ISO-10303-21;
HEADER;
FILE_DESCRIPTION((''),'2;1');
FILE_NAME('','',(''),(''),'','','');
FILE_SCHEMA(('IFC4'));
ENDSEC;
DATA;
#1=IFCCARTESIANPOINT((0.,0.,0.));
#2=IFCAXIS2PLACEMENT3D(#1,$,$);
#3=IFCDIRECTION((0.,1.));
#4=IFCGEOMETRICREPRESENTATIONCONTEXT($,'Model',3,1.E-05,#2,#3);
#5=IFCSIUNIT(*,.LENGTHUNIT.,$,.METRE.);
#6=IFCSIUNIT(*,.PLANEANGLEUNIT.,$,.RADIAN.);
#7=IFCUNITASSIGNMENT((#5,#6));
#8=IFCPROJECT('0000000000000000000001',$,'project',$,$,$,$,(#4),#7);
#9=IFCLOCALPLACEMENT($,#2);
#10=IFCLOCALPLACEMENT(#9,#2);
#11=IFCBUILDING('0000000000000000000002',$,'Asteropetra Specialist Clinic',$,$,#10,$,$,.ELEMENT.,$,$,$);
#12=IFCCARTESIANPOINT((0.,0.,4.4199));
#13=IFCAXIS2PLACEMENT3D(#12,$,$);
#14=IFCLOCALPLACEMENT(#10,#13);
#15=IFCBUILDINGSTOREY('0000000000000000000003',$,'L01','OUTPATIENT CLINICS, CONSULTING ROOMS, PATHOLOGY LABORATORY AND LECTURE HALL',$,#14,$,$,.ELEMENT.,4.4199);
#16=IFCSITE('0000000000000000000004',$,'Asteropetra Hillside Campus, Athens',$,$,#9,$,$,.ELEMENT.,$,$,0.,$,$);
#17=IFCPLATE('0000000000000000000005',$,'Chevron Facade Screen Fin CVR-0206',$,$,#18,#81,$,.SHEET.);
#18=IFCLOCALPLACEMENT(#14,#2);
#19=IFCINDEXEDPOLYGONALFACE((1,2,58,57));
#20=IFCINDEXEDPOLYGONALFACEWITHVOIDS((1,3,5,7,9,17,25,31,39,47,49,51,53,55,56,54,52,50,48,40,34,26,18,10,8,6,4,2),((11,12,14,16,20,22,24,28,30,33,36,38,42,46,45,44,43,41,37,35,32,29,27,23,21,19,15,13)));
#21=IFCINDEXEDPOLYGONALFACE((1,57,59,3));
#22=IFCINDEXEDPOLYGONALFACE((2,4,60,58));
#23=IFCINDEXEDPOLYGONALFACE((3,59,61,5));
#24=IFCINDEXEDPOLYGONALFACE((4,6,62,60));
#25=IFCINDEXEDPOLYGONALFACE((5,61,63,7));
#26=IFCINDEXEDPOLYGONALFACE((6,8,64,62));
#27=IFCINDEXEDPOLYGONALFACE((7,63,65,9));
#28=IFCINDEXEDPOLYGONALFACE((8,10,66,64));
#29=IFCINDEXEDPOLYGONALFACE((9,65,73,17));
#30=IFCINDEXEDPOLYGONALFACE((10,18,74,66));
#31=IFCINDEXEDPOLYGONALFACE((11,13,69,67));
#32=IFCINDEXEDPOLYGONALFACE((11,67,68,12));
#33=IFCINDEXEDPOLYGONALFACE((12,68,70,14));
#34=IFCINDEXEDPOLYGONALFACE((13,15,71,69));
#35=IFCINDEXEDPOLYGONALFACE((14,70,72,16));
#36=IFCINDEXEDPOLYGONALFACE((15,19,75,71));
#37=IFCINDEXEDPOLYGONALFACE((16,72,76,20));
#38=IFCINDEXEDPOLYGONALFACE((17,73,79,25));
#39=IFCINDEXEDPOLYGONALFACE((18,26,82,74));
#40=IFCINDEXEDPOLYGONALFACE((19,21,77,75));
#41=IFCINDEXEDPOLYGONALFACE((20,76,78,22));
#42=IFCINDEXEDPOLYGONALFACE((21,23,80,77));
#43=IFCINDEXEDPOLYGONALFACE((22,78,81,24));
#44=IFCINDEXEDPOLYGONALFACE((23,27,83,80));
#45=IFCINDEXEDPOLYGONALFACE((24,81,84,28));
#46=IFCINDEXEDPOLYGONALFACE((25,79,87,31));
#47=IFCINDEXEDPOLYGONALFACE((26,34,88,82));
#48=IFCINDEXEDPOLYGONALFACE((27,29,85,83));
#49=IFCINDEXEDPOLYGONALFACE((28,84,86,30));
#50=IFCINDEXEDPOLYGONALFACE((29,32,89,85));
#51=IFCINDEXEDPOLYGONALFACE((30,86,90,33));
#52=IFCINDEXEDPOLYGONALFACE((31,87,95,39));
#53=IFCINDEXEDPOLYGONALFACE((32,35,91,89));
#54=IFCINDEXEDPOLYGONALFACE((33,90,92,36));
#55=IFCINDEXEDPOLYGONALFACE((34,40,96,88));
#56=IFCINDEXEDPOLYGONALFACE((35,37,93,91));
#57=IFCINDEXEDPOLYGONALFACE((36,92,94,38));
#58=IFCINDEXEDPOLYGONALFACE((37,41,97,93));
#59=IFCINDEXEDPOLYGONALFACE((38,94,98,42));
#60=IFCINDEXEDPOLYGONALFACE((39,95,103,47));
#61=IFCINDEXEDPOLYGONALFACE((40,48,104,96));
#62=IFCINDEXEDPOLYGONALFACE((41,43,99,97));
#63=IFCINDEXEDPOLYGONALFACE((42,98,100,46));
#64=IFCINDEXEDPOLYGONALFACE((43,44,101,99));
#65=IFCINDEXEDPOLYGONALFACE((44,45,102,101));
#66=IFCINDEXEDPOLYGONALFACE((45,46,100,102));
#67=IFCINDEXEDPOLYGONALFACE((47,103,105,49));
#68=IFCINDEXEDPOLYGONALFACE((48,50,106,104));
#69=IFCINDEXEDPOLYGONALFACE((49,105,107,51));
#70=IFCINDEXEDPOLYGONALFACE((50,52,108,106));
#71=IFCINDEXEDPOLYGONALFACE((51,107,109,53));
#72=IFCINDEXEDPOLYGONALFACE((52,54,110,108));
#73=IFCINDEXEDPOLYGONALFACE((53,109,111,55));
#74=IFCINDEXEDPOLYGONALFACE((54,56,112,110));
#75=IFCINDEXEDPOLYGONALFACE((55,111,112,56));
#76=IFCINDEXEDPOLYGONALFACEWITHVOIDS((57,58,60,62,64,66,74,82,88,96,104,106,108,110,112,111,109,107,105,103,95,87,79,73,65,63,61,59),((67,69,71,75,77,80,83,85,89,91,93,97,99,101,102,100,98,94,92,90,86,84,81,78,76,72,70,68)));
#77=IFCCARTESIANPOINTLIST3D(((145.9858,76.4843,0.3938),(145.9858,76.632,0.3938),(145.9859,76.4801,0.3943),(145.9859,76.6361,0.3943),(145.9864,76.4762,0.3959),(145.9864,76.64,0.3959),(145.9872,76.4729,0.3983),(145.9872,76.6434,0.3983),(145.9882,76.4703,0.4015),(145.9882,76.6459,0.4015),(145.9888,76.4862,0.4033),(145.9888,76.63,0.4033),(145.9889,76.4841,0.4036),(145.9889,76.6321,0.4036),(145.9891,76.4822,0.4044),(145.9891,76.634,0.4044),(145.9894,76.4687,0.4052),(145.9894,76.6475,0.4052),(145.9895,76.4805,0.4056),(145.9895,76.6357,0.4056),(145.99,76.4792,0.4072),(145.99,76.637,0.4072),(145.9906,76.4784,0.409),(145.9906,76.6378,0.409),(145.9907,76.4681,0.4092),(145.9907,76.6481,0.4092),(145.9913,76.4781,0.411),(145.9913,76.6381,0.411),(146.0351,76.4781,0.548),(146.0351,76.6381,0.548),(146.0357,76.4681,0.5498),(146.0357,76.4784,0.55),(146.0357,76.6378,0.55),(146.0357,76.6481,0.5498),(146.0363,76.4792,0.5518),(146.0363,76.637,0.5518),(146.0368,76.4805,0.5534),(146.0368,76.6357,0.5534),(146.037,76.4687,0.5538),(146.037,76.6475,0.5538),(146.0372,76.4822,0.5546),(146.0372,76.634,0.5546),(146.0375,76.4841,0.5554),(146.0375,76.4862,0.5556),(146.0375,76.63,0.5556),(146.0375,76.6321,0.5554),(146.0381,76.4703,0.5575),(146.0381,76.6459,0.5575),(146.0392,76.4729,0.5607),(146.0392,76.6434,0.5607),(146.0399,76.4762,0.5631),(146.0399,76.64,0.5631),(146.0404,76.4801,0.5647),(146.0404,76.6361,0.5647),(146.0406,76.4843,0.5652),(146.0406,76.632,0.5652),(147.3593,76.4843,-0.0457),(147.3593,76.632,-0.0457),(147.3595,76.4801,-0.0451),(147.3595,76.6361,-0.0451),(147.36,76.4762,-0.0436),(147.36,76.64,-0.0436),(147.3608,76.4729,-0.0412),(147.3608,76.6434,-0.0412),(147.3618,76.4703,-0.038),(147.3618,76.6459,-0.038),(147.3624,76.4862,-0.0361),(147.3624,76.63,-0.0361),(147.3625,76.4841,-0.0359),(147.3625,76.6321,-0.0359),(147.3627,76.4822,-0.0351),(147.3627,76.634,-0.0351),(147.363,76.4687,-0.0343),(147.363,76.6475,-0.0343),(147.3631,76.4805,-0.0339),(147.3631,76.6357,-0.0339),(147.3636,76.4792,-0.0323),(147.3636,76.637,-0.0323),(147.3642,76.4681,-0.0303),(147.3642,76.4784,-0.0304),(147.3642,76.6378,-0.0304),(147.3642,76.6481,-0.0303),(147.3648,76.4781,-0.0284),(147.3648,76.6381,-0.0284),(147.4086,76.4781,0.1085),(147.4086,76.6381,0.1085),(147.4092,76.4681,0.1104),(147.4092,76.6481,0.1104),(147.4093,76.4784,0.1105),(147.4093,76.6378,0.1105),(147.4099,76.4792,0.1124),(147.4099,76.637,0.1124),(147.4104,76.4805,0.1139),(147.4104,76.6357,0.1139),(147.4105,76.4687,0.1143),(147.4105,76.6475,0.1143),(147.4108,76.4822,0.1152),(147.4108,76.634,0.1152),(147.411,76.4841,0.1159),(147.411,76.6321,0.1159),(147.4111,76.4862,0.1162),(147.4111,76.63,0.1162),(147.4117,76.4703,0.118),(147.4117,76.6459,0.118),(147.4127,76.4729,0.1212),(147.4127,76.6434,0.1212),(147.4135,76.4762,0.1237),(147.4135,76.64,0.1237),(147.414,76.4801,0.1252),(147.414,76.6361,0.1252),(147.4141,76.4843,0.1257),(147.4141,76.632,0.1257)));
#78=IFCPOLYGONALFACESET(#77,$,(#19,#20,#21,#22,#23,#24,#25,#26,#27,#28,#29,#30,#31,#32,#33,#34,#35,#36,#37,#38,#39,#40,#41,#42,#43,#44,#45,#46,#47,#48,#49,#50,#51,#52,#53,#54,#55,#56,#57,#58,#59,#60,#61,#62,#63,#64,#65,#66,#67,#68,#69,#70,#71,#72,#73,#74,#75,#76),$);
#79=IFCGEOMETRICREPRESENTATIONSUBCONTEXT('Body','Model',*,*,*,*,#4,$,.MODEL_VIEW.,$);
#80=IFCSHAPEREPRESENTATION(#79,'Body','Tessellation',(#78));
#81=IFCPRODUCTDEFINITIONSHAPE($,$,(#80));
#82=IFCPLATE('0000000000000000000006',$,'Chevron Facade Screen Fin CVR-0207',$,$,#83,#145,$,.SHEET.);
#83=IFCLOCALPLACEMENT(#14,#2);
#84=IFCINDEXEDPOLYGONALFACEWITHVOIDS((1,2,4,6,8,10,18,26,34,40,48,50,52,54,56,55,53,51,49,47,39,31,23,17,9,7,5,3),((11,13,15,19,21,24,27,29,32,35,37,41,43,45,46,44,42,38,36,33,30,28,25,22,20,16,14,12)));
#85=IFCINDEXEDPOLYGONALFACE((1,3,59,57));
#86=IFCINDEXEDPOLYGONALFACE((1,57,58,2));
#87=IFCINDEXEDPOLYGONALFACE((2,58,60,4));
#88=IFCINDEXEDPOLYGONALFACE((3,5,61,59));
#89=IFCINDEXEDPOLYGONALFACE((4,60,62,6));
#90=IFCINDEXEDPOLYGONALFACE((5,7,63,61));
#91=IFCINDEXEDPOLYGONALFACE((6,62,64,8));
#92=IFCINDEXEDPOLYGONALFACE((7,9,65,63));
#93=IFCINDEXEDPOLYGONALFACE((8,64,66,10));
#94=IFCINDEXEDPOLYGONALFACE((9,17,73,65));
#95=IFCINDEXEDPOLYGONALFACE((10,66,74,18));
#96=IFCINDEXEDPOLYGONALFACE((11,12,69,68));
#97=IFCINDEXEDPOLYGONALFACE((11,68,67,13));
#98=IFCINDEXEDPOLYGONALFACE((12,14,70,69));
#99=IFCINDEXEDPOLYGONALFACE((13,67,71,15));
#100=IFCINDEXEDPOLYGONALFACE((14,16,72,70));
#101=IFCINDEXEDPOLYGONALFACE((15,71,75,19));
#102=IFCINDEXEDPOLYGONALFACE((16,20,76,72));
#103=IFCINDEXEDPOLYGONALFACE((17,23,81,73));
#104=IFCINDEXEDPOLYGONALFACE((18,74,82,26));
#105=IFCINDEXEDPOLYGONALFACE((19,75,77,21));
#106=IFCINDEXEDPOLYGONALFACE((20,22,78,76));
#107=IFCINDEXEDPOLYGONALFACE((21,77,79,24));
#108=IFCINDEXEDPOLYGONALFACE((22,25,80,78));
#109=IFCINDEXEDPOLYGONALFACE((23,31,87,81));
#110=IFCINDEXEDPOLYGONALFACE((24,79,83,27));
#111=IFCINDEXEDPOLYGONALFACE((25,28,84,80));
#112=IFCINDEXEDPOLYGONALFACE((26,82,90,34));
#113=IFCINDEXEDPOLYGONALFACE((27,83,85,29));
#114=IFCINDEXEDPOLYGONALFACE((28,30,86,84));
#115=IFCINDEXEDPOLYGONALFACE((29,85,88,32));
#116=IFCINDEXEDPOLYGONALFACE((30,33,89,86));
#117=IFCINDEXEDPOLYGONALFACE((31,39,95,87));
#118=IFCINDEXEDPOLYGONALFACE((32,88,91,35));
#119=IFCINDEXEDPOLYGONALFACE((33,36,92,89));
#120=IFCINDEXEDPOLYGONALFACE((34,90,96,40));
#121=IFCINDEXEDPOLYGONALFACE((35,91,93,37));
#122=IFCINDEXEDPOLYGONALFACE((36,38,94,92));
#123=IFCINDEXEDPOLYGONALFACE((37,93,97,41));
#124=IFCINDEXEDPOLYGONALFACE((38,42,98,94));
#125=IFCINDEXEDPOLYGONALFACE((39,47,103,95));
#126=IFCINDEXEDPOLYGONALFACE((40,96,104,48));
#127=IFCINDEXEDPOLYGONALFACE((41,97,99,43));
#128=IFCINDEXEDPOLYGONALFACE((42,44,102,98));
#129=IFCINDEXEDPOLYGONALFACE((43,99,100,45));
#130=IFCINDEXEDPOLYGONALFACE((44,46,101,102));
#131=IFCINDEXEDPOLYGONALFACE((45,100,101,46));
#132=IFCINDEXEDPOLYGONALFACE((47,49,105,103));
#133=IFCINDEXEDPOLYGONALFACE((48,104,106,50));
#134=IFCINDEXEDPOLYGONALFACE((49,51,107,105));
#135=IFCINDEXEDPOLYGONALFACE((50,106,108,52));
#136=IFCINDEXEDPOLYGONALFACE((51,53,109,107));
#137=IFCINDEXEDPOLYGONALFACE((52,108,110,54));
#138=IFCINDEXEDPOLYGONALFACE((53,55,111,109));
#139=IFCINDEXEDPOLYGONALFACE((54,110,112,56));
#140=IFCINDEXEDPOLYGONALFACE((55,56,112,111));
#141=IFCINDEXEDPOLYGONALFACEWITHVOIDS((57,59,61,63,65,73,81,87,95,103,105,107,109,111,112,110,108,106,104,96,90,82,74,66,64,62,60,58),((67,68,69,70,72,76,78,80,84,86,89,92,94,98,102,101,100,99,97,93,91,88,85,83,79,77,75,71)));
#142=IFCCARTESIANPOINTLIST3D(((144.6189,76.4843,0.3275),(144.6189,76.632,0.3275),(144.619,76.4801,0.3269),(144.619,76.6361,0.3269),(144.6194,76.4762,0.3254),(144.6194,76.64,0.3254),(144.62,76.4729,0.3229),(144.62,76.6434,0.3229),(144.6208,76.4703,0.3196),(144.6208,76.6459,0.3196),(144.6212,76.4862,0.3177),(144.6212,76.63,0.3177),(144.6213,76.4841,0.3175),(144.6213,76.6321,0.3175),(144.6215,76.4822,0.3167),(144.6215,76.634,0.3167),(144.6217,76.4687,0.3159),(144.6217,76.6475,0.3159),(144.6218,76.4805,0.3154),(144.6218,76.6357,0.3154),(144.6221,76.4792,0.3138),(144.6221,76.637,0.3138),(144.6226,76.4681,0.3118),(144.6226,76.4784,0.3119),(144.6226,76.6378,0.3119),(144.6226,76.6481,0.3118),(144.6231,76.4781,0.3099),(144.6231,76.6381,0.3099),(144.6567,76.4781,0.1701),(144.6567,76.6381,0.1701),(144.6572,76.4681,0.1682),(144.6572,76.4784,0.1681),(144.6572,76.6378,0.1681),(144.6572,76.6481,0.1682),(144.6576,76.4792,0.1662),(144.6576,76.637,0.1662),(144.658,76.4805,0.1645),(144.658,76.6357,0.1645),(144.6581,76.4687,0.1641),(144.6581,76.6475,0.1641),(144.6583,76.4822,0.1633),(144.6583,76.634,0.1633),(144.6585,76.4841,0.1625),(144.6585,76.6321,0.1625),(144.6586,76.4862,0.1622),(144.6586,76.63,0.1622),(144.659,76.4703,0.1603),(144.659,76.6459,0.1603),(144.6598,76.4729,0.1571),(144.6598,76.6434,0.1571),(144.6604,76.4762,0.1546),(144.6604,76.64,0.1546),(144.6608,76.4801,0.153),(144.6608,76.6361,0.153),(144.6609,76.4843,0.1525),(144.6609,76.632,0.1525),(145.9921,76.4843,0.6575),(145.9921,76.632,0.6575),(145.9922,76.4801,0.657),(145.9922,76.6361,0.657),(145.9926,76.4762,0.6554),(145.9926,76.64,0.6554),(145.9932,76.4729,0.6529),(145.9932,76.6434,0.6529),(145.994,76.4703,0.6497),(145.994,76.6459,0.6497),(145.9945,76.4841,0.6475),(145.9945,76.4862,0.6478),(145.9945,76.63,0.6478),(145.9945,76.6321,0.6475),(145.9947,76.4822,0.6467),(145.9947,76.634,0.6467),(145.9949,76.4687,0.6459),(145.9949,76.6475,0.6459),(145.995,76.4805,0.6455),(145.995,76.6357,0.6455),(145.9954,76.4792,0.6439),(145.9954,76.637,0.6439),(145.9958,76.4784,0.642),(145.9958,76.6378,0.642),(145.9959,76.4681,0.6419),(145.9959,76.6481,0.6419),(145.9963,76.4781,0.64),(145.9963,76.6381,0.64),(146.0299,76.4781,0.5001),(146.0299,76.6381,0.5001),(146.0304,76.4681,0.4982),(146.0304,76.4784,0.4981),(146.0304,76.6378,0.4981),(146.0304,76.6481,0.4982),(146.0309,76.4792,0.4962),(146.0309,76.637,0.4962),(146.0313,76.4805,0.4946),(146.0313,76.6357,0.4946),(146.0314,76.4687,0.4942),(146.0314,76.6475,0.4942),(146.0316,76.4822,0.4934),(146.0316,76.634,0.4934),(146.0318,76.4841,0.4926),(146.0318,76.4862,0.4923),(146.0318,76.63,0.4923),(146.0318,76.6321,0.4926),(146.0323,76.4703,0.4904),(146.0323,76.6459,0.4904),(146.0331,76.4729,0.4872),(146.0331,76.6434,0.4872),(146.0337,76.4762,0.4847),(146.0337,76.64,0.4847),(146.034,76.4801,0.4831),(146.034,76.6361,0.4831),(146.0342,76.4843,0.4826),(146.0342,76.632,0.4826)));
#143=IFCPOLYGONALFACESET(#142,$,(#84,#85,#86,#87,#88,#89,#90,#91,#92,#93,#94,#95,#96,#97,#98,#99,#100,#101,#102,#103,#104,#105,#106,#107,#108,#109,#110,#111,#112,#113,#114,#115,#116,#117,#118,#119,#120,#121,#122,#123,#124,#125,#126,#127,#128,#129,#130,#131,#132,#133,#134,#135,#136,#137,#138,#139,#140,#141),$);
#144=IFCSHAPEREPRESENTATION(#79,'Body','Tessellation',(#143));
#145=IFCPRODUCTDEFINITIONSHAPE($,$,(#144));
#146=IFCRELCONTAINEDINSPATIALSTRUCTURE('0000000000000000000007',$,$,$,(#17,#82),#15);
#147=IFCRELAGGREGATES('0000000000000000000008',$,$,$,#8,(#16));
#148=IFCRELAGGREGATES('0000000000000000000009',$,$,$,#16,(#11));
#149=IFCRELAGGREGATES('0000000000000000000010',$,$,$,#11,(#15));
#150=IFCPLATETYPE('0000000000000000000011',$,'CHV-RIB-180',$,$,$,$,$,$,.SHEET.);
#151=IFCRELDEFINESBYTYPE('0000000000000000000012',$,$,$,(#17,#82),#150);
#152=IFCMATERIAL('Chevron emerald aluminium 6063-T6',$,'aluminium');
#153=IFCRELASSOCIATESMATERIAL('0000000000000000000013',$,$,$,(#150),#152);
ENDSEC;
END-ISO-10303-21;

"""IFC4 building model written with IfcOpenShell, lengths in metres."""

from ifc_helpers import new_model, si_unit, direction, frame, origin, origin_2d, place, context, subcontext, project, spatial, hollow_rectangle, extrude, material, material_profile, profile_set, type_object, element, save


model = new_model("IFC4")

# Units and contexts
model_context = context("Model", 3, precision=1e-05, world=origin(), true_north=direction((0.0, 1.0)))
body_context = subcontext(model_context, "Body", "Model", "MODEL_VIEW")
ifc_project = project(units=[si_unit("LENGTHUNIT", "METRE"), si_unit("PLANEANGLEUNIT", "RADIAN")], contexts=[model_context])

# Site, building, storey
site_placement = place(None, origin())
site = spatial("IfcSite", under=ifc_project, at=site_placement, Name="Asteropetra Hillside Campus, Athens", CompositionType="ELEMENT", RefElevation=0.0)
building_placement = place(site_placement, origin())
building = spatial("IfcBuilding", under=site, at=building_placement, Name="Asteropetra Specialist Clinic", CompositionType="ELEMENT")
storey_placement = place(building_placement, frame((0.0, 0.0, 4.4199)))
storey = spatial("IfcBuildingStorey", under=building, at=storey_placement, Name="L01", Description="OUTPATIENT CLINICS, CONSULTING ROOMS, PATHOLOGY LABORATORY AND LECTURE HALL", CompositionType="ELEMENT", Elevation=4.4199)

# Plates
ifc_material_1 = material(Name="Chevron emerald aluminium 6063-T6", Category="aluminium")
ifc_material_profile_1 = material_profile(ifc_material_1, hollow_rectangle(XDim=0.1799, YDim=0.1799, WallThickness=0.01, InnerFilletRadius=0.0081, OuterFilletRadius=0.0161, at=origin_2d()), Name="SHS 180x180x10.0")
ifc_profile_set_1 = profile_set([ifc_material_profile_1], Name="Chevron emerald aluminium 6063-T6")
plate_type = type_object("IfcPlateType", Name="CHV-RIB-180", PredefinedType="SHEET", material=ifc_profile_set_1)
plate_1_placement = place(storey_placement, frame((146.0132, 76.5581, 0.4795), z_axis=(0.95244, 0.0, -0.304727), x_axis=(0.0, 1.0, 0.0)))
element("IfcPlate", 1, at=plate_1_placement, inside=storey, type_object=plate_type, Name="Chevron Facade Screen Fin CVR-0206", PredefinedType="SHEET", context=body_context, shape_type="SweptSolid", body=[
    extrude(hollow_rectangle(XDim=0.1799, YDim=0.1799, WallThickness=0.01, InnerFilletRadius=0.0081, OuterFilletRadius=0.0161, at=origin_2d()), origin(), (0.0, 0.0, 1.0), 1.4421),
])
plate_2_placement = place(storey_placement, frame((144.6399, 76.5581, 0.24), z_axis=(0.972309, 0.0, 0.2337), x_axis=(0.0, 1.0, 0.0)))
element("IfcPlate", 2, at=plate_2_placement, inside=storey, type_object=plate_type, Name="Chevron Facade Screen Fin CVR-0207", PredefinedType="SHEET", context=body_context, shape_type="SweptSolid", body=[
    extrude(hollow_rectangle(XDim=0.1799, YDim=0.1799, WallThickness=0.01, InnerFilletRadius=0.0081, OuterFilletRadius=0.0161, at=origin_2d()), origin(), (0.0, 0.0, 1.0), 1.4124),
])

save(model, "model.ifc")
